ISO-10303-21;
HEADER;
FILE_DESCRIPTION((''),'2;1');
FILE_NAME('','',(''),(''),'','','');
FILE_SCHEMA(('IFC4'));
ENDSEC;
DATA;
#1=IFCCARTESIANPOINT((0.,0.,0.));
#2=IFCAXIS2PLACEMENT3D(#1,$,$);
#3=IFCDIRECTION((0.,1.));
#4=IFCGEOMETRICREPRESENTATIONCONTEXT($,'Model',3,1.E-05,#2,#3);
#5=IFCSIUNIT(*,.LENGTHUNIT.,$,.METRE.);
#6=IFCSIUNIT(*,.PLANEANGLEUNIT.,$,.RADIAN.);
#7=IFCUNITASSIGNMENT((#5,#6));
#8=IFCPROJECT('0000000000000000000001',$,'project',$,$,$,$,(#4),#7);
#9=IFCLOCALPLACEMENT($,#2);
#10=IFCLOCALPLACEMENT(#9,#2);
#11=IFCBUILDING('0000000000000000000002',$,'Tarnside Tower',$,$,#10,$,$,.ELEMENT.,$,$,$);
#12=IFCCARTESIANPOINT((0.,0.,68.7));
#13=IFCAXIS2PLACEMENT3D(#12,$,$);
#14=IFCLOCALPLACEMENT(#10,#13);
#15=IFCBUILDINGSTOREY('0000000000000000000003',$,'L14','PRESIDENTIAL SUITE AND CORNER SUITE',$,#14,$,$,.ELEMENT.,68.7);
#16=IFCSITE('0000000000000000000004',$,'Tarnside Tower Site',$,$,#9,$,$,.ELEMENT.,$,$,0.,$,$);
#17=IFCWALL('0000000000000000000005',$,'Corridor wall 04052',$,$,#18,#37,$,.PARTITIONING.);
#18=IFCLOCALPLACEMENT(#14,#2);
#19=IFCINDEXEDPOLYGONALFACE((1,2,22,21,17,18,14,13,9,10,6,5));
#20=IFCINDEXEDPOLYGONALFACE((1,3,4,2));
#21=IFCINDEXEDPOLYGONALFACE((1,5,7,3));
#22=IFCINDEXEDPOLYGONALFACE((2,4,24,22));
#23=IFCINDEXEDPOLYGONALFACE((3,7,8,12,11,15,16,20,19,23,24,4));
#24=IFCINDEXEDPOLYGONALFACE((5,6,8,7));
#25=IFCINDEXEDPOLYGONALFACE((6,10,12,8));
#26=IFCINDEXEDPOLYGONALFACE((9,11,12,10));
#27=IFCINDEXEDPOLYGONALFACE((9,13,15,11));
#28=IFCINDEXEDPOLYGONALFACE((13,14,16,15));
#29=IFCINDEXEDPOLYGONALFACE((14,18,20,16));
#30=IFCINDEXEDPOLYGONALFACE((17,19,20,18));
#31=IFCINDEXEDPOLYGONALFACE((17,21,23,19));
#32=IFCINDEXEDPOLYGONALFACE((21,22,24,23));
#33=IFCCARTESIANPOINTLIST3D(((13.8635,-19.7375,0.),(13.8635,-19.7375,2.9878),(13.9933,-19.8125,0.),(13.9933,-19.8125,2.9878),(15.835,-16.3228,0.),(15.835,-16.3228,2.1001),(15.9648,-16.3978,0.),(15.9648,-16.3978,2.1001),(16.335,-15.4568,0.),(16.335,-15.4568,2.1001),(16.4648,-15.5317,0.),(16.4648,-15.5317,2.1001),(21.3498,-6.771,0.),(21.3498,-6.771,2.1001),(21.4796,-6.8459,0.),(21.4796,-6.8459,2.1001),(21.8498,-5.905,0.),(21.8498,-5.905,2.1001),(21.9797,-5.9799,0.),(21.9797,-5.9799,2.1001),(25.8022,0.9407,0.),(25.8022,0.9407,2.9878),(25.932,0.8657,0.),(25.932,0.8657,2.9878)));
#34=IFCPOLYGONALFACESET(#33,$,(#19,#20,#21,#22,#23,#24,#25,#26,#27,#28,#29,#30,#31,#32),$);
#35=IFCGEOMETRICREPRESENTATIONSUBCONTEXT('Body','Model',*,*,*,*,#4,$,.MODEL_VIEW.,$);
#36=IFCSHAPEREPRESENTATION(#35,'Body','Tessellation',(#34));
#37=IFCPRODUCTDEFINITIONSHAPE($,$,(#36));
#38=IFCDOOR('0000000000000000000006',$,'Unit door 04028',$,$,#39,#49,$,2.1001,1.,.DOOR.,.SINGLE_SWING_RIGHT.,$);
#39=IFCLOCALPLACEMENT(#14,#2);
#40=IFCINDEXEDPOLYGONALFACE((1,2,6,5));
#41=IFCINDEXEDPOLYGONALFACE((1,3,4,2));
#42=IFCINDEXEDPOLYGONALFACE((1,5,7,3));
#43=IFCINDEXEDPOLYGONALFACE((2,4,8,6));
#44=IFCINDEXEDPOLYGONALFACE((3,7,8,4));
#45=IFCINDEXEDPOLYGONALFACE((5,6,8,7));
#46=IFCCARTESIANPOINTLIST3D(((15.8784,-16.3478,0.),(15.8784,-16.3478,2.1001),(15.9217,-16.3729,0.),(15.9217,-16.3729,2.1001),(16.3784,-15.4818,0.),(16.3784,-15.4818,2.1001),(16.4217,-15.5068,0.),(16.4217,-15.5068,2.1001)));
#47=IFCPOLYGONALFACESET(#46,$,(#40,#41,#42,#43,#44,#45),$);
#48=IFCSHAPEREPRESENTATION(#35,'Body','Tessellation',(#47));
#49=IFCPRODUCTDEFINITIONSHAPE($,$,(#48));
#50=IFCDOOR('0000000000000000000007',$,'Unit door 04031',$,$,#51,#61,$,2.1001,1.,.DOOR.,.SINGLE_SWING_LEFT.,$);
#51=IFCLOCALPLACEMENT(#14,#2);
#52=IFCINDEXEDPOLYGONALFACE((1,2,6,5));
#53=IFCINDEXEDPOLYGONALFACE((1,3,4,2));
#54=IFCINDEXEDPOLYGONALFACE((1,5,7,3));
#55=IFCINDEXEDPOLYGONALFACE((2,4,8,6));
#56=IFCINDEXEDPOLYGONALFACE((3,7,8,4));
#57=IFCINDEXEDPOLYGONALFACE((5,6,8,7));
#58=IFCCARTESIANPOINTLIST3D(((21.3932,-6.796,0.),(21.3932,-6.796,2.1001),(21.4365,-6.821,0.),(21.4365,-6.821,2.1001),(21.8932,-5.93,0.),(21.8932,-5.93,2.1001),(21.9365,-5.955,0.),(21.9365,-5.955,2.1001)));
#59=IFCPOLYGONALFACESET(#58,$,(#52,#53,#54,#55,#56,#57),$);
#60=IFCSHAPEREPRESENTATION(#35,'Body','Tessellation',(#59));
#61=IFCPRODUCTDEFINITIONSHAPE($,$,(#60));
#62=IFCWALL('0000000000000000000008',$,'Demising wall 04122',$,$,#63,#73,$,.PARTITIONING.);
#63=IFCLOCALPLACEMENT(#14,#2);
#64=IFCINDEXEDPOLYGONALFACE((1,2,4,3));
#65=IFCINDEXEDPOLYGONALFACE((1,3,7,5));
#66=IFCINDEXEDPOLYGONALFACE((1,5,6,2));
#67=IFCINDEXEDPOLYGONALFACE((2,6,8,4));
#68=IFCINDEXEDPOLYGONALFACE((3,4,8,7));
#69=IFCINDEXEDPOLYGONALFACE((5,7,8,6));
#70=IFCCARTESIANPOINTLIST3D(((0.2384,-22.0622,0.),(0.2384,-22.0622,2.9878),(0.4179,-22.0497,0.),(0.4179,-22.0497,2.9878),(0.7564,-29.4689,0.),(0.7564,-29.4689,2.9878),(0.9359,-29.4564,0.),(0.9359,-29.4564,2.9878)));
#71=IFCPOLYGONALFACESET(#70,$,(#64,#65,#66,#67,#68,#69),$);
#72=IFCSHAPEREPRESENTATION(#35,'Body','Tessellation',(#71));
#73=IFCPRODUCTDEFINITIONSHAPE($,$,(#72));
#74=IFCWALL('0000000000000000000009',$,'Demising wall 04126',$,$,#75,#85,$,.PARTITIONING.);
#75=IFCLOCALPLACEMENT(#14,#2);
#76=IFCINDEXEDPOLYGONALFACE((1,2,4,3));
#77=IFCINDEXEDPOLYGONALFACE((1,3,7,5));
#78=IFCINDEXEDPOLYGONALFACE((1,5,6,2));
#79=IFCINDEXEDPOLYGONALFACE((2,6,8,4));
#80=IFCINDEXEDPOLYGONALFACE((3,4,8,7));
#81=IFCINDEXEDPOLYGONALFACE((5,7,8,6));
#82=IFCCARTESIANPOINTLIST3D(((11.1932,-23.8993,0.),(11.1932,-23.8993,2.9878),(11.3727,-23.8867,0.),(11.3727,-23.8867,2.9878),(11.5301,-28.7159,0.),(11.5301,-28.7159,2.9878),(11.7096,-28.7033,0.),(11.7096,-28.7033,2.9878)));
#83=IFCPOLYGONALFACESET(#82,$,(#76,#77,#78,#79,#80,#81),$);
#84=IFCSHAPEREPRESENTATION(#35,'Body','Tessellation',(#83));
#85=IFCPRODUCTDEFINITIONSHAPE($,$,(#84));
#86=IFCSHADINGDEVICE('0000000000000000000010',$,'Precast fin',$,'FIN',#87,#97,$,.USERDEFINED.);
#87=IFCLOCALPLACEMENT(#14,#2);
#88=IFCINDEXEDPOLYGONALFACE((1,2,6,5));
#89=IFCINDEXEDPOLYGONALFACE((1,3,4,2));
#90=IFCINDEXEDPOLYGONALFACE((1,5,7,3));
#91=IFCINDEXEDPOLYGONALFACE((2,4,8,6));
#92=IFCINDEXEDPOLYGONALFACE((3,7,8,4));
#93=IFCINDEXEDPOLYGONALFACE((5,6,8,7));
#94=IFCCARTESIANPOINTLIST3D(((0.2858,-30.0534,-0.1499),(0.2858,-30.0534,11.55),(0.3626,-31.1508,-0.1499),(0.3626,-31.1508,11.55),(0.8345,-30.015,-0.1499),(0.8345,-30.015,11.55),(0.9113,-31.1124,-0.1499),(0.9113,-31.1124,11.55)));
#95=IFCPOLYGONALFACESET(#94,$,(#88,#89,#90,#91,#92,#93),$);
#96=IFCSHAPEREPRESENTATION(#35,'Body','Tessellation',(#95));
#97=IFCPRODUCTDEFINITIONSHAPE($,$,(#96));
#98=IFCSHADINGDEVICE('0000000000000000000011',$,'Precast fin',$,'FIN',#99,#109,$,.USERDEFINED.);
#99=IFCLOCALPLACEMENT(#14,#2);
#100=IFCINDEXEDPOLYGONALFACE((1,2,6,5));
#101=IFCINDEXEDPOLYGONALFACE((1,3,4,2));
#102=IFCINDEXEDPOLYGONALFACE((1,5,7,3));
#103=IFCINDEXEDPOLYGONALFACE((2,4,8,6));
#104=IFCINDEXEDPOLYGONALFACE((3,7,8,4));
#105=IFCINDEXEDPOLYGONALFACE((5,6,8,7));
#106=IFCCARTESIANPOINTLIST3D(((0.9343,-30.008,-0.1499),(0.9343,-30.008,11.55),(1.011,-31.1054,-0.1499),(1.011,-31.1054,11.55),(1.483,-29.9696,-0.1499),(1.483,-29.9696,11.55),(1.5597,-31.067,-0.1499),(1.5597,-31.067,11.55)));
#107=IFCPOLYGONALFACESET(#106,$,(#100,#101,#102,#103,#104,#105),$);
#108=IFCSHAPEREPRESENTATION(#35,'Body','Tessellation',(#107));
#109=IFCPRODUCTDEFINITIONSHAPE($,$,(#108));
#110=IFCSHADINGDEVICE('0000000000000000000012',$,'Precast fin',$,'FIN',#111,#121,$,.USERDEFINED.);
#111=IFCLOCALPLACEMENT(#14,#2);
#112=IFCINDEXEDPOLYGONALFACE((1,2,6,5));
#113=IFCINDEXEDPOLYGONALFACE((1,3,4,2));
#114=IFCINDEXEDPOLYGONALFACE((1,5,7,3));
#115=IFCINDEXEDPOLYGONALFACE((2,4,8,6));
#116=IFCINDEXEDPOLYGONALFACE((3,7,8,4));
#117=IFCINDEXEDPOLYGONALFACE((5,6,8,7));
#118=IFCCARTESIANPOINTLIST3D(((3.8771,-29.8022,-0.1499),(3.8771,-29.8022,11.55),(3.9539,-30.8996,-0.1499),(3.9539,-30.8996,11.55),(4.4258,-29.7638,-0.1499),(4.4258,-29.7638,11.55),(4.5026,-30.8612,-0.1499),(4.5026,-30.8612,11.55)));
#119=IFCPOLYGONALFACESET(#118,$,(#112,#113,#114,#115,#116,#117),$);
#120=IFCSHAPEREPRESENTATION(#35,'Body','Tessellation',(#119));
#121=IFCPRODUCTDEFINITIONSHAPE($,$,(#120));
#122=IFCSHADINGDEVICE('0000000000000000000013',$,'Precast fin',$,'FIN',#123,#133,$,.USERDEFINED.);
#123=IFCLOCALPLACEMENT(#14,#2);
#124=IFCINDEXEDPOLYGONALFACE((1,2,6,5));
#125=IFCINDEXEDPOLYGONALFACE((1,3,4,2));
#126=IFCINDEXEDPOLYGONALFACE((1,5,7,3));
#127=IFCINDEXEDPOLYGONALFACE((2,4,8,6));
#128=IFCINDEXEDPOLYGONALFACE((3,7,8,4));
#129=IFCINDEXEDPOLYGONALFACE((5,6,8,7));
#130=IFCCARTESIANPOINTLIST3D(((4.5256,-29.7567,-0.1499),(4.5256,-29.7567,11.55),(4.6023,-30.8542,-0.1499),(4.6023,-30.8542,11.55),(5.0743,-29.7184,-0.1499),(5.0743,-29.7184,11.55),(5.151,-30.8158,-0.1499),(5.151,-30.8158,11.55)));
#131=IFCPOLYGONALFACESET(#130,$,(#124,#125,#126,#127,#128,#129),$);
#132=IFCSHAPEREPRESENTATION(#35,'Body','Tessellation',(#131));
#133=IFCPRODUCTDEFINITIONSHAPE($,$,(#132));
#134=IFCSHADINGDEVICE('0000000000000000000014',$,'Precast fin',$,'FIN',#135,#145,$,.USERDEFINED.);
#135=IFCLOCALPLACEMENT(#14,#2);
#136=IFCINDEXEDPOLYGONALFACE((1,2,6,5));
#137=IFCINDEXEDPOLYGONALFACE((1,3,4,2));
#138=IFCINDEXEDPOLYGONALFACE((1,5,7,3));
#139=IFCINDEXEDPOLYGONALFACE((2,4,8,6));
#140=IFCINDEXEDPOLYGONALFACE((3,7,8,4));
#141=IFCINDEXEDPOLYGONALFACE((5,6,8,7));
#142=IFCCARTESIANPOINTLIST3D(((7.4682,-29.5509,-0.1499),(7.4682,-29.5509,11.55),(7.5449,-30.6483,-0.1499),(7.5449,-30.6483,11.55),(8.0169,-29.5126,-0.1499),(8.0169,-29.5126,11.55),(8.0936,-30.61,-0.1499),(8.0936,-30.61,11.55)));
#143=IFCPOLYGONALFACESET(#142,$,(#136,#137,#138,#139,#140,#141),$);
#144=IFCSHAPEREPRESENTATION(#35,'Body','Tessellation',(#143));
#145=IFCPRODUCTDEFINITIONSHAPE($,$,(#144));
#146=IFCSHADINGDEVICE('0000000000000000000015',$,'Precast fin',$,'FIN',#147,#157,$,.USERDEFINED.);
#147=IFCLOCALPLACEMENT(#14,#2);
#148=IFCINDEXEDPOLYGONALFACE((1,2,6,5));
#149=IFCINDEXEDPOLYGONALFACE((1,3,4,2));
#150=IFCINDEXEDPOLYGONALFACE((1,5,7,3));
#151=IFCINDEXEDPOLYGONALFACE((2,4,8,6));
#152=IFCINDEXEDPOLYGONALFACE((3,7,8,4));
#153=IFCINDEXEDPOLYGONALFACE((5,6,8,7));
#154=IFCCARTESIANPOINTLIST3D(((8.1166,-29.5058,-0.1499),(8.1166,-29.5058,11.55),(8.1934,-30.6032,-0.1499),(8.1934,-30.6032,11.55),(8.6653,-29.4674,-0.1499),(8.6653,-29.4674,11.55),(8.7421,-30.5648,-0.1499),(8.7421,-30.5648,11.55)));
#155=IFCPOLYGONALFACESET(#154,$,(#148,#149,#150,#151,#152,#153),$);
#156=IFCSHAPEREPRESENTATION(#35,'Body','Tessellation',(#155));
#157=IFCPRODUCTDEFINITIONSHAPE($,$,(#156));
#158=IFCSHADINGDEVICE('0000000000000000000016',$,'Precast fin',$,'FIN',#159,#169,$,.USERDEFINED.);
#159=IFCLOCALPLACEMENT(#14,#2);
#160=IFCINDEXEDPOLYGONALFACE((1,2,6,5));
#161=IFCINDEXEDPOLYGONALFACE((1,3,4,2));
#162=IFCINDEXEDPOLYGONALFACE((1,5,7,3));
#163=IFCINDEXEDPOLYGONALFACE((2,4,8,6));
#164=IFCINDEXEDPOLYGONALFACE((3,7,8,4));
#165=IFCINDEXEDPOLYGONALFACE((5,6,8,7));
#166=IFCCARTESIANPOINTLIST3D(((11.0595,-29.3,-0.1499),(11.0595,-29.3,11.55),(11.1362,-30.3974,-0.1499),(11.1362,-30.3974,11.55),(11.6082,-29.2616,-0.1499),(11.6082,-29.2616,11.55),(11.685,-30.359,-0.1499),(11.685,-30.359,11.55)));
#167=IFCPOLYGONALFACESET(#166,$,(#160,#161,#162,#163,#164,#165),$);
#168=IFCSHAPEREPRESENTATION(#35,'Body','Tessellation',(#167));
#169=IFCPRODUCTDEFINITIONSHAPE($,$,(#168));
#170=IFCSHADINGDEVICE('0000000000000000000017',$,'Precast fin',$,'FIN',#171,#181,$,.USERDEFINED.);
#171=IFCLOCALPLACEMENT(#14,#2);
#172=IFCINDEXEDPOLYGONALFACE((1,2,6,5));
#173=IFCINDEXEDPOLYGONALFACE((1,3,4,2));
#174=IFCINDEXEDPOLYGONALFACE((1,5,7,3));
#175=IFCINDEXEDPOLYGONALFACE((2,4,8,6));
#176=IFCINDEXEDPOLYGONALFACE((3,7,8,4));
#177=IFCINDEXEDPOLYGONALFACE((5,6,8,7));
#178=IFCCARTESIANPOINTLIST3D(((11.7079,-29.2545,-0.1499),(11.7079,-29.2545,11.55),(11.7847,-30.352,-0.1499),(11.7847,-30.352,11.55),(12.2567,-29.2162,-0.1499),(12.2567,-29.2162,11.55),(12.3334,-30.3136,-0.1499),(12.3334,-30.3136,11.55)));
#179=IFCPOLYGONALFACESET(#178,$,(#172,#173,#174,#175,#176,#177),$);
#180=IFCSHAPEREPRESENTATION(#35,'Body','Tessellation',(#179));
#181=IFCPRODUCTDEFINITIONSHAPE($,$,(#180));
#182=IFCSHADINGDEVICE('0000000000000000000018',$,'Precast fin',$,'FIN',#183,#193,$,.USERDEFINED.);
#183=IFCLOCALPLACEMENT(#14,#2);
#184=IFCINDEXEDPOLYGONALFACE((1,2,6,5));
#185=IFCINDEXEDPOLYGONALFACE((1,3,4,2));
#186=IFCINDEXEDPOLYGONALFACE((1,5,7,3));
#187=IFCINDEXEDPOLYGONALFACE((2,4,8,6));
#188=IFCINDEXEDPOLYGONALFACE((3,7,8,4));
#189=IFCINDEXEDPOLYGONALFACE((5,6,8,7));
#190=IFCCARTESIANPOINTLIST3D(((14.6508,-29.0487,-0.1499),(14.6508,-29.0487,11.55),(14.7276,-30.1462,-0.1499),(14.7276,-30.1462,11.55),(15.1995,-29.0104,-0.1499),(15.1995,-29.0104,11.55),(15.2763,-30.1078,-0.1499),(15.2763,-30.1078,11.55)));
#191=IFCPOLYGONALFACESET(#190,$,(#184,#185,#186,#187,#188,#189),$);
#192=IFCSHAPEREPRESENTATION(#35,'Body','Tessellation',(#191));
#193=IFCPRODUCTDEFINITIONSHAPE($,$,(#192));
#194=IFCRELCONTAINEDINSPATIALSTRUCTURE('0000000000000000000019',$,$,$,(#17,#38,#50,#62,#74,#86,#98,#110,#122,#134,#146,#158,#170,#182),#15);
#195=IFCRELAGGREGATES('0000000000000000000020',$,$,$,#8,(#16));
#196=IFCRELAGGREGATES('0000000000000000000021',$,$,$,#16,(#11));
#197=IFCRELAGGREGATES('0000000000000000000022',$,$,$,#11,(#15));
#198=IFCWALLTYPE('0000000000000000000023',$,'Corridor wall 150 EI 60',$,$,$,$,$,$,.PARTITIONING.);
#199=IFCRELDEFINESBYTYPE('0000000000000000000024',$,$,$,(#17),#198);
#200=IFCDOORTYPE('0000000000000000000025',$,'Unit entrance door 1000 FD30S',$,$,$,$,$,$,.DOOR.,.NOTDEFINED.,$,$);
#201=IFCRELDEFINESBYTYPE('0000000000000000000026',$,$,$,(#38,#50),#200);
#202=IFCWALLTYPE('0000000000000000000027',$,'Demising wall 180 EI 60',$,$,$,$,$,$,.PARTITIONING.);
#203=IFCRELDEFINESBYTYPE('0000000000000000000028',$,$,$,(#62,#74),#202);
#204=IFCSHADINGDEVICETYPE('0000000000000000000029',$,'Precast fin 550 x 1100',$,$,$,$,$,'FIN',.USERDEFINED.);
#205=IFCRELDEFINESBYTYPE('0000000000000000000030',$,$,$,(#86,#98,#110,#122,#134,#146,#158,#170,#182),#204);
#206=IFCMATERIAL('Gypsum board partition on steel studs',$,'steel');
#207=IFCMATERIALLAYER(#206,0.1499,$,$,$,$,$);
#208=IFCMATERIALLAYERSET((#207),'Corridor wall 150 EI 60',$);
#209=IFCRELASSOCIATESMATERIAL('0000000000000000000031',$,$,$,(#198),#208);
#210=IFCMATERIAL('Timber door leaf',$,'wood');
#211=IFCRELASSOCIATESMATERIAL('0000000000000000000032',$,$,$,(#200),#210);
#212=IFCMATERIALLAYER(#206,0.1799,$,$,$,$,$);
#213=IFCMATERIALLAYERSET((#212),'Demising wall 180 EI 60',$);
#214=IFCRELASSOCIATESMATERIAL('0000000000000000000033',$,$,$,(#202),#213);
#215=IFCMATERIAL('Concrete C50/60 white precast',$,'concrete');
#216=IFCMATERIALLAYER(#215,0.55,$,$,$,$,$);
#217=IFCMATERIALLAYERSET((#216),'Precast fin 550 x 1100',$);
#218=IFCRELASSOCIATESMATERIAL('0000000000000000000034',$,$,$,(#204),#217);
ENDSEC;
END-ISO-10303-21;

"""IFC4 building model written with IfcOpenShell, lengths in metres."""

from ifc_helpers import new_model, si_unit, direction, frame, frame_2d, origin, place, context, subcontext, project, spatial, polyline, rectangle, outline, extrude, material, layer, layer_set, type_object, element, fill, save


model = new_model("IFC4")

# Units and contexts
model_context = context("Model", 3, precision=1e-05, world=origin(), true_north=direction((0.0, 1.0)))
body_context = subcontext(model_context, "Body", "Model", "MODEL_VIEW")
ifc_project = project(units=[si_unit("LENGTHUNIT", "METRE"), si_unit("PLANEANGLEUNIT", "RADIAN")], contexts=[model_context])

# Site, building, storey
site_placement = place(None, origin())
site = spatial("IfcSite", under=ifc_project, at=site_placement, Name="Tarnside Tower Site", CompositionType="ELEMENT", RefElevation=0.0)
building_placement = place(site_placement, origin())
building = spatial("IfcBuilding", under=site, at=building_placement, Name="Tarnside Tower", CompositionType="ELEMENT")
storey_placement = place(building_placement, frame((0.0, 0.0, 68.7)))
storey = spatial("IfcBuildingStorey", under=building, at=storey_placement, Name="L14", Description="PRESIDENTIAL SUITE AND CORNER SUITE", CompositionType="ELEMENT", Elevation=68.7)

# Shared definitions
ifc_material_1 = material(Name="Gypsum board partition on steel studs", Category="steel")

# Shared definitions
ifc_material_2 = material(Name="Timber door leaf", Category="wood")

# Shared definitions
ifc_layer_1 = layer(ifc_material_1, 0.1499)
ifc_layer_set_1 = layer_set([ifc_layer_1], Name="Corridor wall 150 EI 60")
wall_type_1 = type_object("IfcWallType", Name="Corridor wall 150 EI 60", PredefinedType="PARTITIONING", material=ifc_layer_set_1)

# Shared definitions
door_type_1 = type_object("IfcDoorType", Name="Unit entrance door 1000 FD30S", OperationType="NOTDEFINED", PredefinedType="DOOR", material=ifc_material_2)

# Wall, openings, doors
wall_1_placement = place(storey_placement, frame((13.9285, -19.7749, 0.0), z_axis=(0.0, 0.0, 1.0), x_axis=(0.500005, 0.866023, 0.0)))
wall_1 = element("IfcWall", 1, at=wall_1_placement, inside=storey, type_object=wall_type_1, Name="Corridor wall 04052", PredefinedType="PARTITIONING", context=body_context, shape_type="SweptSolid", body=[
    extrude(rectangle(XDim=23.8772, YDim=0.1499, at=frame_2d((11.9385, 0.0))), origin(), (0.0, 0.0, 1.0), 2.9878),
])
opening_1_placement = place(wall_1_placement, frame((3.9429, 0.0, 0.0)))
opening_1 = element("IfcOpeningElement", 2, at=opening_1_placement, cuts=wall_1, PredefinedType="OPENING", context=body_context, shape_type="SweptSolid", body=[
    extrude(rectangle(XDim=1.0, YDim=2.1001, at=frame_2d((0.5, 1.05))), frame((0.0, 0.085, 0.0), z_axis=(0.0, -1.0, 0.0), x_axis=(1.0, 0.0, 0.0)), (0.0, 0.0, 1.0), 0.1699),
])
opening_2_placement = place(wall_1_placement, frame((14.9724, 0.0, 0.0)))
opening_2 = element("IfcOpeningElement", 3, at=opening_2_placement, cuts=wall_1, PredefinedType="OPENING", context=body_context, shape_type="SweptSolid", body=[
    extrude(rectangle(XDim=1.0, YDim=2.1001, at=frame_2d((0.5, 1.05))), frame((0.0, 0.085, 0.0), z_axis=(0.0, -1.0, 0.0), x_axis=(1.0, 0.0, 0.0)), (0.0, 0.0, 1.0), 0.1699),
])
door_1_placement = place(opening_1_placement, origin())
door_1 = element("IfcDoor", 4, at=door_1_placement, inside=storey, type_object=door_type_1, Name="Unit door 04028", OperationType="SINGLE_SWING_RIGHT", OverallHeight=2.1001, OverallWidth=1.0, PredefinedType="DOOR", context=body_context, shape_type="SweptSolid", body=[
    extrude(rectangle(XDim=1.0, YDim=2.1001, at=frame_2d((0.5, 1.05))), frame((0.0, 0.0249, 0.0), z_axis=(0.0, -1.0, 0.0), x_axis=(1.0, 0.0, 0.0)), (0.0, 0.0, 1.0), 0.05),
])
fill(opening_1, door_1)
door_2_placement = place(opening_2_placement, origin())
door_2 = element("IfcDoor", 5, at=door_2_placement, inside=storey, type_object=door_type_1, Name="Unit door 04031", OperationType="SINGLE_SWING_LEFT", OverallHeight=2.1001, OverallWidth=1.0, PredefinedType="DOOR", context=body_context, shape_type="SweptSolid", body=[
    extrude(rectangle(XDim=1.0, YDim=2.1001, at=frame_2d((0.5, 1.05))), frame((0.0, 0.0249, 0.0), z_axis=(0.0, -1.0, 0.0), x_axis=(1.0, 0.0, 0.0)), (0.0, 0.0, 1.0), 0.05),
])
fill(opening_2, door_2)

# Walls
ifc_layer_2 = layer(ifc_material_1, 0.1799)
ifc_layer_set_2 = layer_set([ifc_layer_2], Name="Demising wall 180 EI 60")
wall_type_2 = type_object("IfcWallType", Name="Demising wall 180 EI 60", PredefinedType="PARTITIONING", material=ifc_layer_set_2)
wall_2_placement = place(storey_placement, frame((0.8462, -29.4626, 0.0), z_axis=(0.0, 0.0, 1.0), x_axis=(-0.069775, 0.997563, 0.0)))
element("IfcWall", 6, at=wall_2_placement, inside=storey, type_object=wall_type_2, Name="Demising wall 04122", PredefinedType="PARTITIONING", context=body_context, shape_type="SweptSolid", body=[
    extrude(rectangle(XDim=7.4248, YDim=0.1799, at=frame_2d((3.7124, 0.0))), origin(), (0.0, 0.0, 1.0), 2.9878),
])
wall_3_placement = place(storey_placement, frame((11.6199, -28.7095, 0.0), z_axis=(0.0, 0.0, 1.0), x_axis=(-0.069777, 0.997563, 0.0)))
element("IfcWall", 7, at=wall_3_placement, inside=storey, type_object=wall_type_2, Name="Demising wall 04126", PredefinedType="PARTITIONING", context=body_context, shape_type="SweptSolid", body=[
    extrude(rectangle(XDim=4.8284, YDim=0.1799, at=frame_2d((2.4141, 0.0))), origin(), (0.0, 0.0, 1.0), 2.9878),
])

# Shading devices
ifc_material_3 = material(Name="Concrete C50/60 white precast", Category="concrete")
ifc_layer_3 = layer(ifc_material_3, 0.55)
ifc_layer_set_3 = layer_set([ifc_layer_3], Name="Precast fin 550 x 1100")
shading_device_type = type_object("IfcShadingDeviceType", Name="Precast fin 550 x 1100", ElementType="FIN", PredefinedType="USERDEFINED", material=ifc_layer_set_3)
for number, where, z_axis, x_axis, name in (
    (8, (0.5603, -30.0342, -0.1499), (-0.997564, -0.069756, 0.0), (0.069756, -0.997564, 0.0), "Precast fin"),
    (9, (1.2087, -29.9888, -0.1499), (-0.997564, -0.069756, 0.0), (0.069756, -0.997564, 0.0), "Precast fin"),
    (10, (4.1516, -29.783, -0.1499), (-0.997564, -0.069756, 0.0), (0.069756, -0.997564, 0.0), "Precast fin"),
    (11, (4.8, -29.7375, -0.1499), (-0.997564, -0.069756, 0.0), (0.069756, -0.997564, 0.0), "Precast fin"),
    (12, (7.7427, -29.5317, -0.1499), (-0.997564, -0.069756, 0.0), (0.069756, -0.997564, 0.0), "Precast fin"),
    (13, (8.3911, -29.4866, -0.1499), (-0.997564, -0.069756, 0.0), (0.069756, -0.997564, 0.0), "Precast fin"),
    (14, (11.334, -29.2808, -0.1499), (-0.997564, -0.069756, 0.0), (0.069756, -0.997564, 0.0), "Precast fin"),
    (15, (11.9824, -29.2354, -0.1499), (-0.997564, -0.069756, 0.0), (0.069756, -0.997564, 0.0), "Precast fin"),
    (16, (14.9253, -29.0295, -0.1499), (-0.997564, -0.069756, 0.0), (0.069756, -0.997564, 0.0), "Precast fin"),
):
    element("IfcShadingDevice", number, at=place(storey_placement, frame(where, z_axis=z_axis, x_axis=x_axis)), inside=storey, type_object=shading_device_type, Name=name, ObjectType="FIN", PredefinedType="USERDEFINED", context=body_context, shape_type="SweptSolid", body=[
        extrude(outline(polyline([(0.0, 0.0), (1.1001, 0.0), (1.1001, 11.7), (0.0, 11.7), (0.0, 0.0)])), frame((0.0, 0.0, -0.2749)), (0.0, 0.0, 1.0), 0.55),
    ])

save(model, "model.ifc")
